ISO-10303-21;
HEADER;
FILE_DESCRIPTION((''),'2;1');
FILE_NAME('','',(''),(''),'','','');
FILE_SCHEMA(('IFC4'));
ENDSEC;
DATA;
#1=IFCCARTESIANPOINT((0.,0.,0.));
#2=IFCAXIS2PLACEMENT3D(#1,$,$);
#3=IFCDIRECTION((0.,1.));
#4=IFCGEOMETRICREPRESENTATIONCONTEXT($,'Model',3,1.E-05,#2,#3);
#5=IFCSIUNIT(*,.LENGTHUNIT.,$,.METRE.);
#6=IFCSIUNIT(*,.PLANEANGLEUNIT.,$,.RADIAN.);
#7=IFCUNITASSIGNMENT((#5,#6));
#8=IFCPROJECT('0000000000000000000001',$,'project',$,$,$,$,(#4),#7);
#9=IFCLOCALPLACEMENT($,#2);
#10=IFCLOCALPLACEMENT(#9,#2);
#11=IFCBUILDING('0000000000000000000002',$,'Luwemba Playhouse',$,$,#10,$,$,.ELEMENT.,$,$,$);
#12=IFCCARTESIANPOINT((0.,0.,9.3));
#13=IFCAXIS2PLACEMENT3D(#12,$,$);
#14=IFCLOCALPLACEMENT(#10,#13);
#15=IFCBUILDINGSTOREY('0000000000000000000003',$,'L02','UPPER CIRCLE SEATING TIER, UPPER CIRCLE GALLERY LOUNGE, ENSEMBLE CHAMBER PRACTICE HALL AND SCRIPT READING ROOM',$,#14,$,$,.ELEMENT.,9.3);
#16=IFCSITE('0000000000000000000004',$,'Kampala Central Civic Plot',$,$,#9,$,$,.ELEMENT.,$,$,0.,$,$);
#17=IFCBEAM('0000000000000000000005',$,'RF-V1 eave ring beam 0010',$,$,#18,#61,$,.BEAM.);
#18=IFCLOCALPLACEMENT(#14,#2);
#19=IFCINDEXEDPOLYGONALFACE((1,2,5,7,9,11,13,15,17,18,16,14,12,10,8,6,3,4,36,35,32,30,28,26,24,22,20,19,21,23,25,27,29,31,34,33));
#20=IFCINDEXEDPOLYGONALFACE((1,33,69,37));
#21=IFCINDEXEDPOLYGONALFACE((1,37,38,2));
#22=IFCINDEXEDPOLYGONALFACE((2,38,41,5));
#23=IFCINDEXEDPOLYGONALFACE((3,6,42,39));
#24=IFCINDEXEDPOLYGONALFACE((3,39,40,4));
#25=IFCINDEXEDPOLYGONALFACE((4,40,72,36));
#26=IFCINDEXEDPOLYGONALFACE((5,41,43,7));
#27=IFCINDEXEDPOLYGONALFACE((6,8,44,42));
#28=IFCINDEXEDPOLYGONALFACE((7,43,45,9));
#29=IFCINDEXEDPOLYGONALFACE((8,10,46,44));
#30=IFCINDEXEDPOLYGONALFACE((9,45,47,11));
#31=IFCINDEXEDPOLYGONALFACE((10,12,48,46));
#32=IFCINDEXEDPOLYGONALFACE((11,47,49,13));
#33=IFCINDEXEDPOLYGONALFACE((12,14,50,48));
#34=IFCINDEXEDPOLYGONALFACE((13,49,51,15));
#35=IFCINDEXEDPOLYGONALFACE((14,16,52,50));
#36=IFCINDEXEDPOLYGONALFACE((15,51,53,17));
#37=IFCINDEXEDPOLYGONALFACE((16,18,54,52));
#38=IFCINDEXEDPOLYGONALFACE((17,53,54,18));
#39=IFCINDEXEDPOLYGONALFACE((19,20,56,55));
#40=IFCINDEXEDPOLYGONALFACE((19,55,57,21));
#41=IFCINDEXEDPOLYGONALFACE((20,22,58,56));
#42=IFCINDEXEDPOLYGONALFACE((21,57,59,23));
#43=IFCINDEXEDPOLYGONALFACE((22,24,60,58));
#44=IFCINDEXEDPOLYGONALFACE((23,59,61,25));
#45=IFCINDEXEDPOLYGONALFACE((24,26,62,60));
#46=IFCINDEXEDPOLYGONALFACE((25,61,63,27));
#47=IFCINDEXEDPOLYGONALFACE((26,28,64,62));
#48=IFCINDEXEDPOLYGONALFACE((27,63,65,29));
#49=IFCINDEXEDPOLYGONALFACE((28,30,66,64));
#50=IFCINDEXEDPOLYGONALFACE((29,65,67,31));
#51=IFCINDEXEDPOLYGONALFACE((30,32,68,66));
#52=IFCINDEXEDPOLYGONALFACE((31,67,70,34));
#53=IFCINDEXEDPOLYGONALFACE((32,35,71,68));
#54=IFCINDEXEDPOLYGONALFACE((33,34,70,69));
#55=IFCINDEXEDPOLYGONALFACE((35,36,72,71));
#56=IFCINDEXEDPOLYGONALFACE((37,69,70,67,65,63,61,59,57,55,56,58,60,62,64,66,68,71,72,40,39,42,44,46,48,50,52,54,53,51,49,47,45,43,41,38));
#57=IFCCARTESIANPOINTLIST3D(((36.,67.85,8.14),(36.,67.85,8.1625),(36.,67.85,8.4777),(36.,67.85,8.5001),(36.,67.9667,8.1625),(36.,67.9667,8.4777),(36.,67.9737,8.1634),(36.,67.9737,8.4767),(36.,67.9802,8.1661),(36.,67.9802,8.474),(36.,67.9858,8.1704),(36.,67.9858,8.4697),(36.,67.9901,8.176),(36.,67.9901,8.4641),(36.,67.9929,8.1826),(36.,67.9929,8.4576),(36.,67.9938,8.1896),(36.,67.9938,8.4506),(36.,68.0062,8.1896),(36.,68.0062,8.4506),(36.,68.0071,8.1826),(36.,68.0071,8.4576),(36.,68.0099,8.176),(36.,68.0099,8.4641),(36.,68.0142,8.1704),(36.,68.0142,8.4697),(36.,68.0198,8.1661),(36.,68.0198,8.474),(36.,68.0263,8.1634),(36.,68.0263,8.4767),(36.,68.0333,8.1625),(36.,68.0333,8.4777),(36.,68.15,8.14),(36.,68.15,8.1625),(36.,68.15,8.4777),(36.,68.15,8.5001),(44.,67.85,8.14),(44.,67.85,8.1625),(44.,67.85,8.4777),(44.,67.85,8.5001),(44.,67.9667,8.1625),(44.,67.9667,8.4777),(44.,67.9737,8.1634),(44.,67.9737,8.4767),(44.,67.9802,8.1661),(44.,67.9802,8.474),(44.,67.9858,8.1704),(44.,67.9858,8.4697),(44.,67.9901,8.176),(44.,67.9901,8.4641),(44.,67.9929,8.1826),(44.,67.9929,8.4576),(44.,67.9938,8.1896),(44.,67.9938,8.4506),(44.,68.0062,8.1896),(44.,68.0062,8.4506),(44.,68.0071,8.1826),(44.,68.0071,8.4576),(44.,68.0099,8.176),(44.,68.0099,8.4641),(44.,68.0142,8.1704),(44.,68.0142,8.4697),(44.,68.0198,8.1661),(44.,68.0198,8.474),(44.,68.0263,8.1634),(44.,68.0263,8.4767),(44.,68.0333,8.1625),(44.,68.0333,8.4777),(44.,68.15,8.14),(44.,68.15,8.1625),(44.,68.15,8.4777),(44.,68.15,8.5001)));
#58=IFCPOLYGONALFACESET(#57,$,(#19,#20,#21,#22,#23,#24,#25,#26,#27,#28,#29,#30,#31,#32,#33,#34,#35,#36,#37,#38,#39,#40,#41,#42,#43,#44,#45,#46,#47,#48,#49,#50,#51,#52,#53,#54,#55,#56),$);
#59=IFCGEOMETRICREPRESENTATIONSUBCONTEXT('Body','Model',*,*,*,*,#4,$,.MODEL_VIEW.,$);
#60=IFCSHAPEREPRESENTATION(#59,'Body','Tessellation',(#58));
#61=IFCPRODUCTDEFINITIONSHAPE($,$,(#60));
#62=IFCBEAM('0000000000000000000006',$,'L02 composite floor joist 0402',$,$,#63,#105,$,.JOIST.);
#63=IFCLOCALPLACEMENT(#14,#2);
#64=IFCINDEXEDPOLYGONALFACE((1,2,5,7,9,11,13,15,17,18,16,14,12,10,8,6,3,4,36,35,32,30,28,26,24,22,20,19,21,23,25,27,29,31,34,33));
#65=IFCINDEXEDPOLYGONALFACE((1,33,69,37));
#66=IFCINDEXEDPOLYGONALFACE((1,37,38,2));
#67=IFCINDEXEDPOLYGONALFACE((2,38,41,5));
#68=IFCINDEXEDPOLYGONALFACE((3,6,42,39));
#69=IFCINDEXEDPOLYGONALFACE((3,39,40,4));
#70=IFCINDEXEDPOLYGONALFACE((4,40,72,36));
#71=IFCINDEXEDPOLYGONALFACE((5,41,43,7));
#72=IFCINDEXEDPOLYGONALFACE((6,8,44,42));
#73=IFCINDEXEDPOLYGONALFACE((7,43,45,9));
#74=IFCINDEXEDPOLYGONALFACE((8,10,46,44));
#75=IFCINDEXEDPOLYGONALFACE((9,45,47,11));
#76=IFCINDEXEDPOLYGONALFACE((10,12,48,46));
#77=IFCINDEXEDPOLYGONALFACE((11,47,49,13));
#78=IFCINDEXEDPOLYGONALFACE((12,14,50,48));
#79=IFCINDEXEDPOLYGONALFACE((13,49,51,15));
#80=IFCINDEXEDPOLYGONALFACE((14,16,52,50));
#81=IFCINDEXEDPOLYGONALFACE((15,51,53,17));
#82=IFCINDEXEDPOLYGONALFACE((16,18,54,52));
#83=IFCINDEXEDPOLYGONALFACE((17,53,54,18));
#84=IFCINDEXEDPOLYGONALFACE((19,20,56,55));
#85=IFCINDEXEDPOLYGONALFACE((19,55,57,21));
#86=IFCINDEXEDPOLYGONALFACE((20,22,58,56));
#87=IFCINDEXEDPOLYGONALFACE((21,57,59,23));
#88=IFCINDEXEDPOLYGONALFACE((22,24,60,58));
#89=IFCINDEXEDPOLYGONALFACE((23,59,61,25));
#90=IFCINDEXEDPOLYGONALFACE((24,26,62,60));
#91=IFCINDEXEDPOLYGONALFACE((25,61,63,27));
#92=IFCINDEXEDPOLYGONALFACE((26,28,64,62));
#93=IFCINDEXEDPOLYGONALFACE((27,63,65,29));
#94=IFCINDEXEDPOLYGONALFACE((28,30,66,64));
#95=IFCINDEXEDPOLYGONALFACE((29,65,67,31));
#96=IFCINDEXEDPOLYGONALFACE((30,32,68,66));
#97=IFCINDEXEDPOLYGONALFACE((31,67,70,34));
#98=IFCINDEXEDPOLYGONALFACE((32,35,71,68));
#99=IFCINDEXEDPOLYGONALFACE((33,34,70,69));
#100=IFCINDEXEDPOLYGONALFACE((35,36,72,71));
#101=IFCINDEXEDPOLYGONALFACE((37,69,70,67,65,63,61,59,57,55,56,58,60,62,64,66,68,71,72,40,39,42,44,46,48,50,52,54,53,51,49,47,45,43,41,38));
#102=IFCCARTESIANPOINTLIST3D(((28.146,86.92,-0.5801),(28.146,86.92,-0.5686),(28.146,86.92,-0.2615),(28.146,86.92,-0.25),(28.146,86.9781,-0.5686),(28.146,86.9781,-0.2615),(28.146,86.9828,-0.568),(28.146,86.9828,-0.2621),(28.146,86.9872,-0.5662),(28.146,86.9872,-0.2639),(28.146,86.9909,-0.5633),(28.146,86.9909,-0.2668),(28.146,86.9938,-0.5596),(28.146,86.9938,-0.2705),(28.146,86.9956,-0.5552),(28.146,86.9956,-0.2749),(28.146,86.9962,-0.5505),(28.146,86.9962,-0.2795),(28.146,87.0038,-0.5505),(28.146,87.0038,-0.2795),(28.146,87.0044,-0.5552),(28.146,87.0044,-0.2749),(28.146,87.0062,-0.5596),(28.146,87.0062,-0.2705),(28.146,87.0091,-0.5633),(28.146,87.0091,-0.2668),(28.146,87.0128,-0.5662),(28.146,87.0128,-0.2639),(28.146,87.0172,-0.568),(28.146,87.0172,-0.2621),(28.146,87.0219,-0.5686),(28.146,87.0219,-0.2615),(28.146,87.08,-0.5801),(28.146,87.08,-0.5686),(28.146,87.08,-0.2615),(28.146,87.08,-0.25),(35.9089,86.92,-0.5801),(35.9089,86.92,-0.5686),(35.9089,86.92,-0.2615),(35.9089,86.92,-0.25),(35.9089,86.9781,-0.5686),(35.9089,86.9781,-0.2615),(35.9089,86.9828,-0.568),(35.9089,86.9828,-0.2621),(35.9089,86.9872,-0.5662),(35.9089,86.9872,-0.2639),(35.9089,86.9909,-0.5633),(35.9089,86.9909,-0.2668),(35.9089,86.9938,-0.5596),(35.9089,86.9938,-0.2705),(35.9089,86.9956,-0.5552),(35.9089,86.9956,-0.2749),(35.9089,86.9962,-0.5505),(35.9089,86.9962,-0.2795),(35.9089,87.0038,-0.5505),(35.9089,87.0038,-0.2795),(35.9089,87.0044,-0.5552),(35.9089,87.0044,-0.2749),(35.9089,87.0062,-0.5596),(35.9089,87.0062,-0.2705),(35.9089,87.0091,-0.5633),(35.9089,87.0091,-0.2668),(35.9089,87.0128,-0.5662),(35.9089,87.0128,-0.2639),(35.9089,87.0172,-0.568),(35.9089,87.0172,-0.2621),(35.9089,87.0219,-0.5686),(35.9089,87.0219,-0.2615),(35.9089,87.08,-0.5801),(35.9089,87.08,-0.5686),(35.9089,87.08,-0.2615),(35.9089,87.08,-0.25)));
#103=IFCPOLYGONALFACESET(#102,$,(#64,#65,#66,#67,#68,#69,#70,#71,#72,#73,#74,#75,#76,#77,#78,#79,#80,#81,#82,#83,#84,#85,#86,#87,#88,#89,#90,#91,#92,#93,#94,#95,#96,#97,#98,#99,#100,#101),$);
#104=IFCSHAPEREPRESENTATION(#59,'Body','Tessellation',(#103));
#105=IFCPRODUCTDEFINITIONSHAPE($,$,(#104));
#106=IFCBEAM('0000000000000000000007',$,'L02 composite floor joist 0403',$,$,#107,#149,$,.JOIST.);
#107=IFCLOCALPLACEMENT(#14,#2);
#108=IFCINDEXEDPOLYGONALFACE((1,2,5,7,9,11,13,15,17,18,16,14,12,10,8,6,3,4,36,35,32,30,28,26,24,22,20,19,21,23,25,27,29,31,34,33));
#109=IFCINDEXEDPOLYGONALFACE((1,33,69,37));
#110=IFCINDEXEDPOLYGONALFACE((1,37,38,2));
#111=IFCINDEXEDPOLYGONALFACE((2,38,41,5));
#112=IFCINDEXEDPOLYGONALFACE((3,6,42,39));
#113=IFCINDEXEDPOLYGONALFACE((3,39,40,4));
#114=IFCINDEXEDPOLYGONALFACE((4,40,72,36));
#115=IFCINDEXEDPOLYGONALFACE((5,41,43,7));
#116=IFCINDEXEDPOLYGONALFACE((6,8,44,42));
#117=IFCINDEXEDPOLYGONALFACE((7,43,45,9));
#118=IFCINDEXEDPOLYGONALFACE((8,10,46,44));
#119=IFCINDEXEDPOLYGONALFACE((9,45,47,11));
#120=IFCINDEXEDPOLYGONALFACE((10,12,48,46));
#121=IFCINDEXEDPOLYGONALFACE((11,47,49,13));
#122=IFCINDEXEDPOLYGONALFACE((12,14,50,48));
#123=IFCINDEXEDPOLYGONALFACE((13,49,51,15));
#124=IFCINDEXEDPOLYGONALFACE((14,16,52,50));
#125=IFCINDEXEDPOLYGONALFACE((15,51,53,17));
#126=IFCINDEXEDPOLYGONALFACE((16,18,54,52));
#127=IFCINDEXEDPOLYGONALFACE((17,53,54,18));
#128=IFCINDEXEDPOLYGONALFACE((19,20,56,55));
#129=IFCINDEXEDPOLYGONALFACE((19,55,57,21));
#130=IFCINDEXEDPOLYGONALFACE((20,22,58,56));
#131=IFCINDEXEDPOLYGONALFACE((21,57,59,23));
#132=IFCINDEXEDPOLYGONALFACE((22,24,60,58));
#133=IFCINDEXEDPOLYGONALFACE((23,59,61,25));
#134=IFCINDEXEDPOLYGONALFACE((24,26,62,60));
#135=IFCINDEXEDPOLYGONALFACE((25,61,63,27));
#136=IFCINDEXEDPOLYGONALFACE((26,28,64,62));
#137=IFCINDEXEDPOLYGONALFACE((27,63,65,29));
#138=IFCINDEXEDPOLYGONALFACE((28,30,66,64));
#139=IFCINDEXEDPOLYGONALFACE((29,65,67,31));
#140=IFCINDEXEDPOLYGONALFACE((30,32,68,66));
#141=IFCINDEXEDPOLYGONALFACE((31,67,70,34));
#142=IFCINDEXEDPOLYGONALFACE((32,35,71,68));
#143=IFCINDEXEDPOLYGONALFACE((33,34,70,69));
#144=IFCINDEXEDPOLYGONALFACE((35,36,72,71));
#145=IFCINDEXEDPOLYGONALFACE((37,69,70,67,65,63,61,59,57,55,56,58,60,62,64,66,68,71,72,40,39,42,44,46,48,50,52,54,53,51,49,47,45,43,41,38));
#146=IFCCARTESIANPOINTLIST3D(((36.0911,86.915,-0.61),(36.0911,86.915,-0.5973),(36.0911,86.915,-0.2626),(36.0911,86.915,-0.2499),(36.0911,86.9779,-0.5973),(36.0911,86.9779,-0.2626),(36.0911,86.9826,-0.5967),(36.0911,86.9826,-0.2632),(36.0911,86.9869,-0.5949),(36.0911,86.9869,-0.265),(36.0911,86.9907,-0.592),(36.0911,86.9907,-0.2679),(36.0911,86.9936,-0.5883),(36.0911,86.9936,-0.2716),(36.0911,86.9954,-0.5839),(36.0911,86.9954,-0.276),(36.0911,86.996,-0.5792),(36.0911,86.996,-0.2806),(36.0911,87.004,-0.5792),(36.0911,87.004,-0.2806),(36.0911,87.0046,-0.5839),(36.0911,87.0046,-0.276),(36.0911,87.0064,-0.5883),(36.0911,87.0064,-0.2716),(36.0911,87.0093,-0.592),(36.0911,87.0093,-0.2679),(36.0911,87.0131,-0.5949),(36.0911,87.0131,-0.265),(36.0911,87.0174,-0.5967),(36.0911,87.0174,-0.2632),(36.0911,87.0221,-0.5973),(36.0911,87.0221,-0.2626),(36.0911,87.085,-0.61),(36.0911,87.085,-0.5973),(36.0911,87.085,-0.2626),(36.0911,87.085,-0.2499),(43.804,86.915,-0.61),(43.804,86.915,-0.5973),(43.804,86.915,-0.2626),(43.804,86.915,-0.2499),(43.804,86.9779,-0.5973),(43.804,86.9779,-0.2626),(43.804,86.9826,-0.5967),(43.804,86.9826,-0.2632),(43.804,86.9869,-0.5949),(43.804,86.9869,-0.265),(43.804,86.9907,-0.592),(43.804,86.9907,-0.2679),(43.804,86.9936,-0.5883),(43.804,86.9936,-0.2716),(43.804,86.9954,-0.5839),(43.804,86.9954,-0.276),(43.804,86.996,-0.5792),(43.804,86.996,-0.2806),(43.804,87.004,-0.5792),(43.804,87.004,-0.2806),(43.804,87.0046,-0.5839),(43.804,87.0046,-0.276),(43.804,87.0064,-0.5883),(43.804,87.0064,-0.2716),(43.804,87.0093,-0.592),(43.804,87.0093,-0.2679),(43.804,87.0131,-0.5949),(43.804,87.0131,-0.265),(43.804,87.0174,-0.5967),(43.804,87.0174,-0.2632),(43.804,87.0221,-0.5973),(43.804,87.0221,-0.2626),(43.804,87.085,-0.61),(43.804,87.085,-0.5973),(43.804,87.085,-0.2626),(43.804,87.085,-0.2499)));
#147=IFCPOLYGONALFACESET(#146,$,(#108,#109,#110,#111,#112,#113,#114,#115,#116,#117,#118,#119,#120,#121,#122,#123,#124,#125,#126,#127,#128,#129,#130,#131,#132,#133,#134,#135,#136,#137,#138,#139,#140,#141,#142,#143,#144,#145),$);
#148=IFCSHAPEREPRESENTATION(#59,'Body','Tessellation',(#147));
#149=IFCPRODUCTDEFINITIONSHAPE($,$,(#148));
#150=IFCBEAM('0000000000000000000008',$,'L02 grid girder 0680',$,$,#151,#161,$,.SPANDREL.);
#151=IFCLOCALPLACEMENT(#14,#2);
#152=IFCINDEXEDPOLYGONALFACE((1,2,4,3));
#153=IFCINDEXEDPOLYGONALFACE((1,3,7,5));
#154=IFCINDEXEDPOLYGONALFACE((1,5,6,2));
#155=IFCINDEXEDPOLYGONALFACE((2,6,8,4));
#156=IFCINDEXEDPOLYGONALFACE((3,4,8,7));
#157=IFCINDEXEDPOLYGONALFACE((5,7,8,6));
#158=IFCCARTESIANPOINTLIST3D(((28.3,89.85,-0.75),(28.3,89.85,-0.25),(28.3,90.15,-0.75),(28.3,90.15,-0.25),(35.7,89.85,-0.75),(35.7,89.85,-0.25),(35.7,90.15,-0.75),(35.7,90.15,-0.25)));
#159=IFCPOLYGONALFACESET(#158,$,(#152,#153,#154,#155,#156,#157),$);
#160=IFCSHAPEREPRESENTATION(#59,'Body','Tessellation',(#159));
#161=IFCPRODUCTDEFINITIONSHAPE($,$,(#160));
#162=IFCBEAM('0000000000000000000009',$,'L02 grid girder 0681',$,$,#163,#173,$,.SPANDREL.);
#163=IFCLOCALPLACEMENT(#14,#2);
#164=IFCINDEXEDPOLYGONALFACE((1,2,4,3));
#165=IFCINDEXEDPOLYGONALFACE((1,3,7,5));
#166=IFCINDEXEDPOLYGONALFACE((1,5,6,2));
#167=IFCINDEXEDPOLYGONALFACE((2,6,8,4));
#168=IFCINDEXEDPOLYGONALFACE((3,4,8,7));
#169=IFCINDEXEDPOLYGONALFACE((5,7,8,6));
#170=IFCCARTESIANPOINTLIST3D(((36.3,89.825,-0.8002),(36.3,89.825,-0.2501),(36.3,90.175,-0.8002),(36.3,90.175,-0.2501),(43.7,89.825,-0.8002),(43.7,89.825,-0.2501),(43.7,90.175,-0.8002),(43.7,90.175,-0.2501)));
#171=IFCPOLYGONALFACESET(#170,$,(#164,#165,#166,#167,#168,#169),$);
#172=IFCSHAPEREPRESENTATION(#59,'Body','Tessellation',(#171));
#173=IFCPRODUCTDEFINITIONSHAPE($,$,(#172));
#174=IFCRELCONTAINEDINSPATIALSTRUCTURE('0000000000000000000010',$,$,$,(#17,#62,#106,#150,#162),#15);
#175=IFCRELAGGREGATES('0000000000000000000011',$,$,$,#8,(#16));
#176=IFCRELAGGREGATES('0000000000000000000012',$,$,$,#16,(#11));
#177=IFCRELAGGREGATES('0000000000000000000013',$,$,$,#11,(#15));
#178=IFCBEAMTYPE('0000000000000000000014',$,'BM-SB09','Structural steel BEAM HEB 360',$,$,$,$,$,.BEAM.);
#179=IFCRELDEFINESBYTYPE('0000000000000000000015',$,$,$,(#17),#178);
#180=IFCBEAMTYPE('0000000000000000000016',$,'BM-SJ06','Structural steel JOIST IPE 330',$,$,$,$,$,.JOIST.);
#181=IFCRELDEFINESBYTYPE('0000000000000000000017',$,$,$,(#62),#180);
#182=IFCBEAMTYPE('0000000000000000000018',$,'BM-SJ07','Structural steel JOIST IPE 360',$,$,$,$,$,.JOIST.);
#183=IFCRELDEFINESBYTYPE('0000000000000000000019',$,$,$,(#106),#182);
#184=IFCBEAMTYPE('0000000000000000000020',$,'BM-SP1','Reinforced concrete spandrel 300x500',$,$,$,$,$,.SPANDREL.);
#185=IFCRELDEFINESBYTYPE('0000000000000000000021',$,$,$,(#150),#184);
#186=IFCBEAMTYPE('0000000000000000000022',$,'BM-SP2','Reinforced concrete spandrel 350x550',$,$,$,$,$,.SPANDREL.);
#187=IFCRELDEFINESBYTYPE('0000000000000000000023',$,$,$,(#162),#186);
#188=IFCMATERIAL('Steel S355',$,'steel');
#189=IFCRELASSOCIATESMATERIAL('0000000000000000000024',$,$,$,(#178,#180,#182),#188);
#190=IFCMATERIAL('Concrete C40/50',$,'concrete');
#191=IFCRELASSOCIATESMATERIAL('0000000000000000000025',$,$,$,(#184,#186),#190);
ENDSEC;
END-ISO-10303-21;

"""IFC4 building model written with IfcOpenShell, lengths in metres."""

from ifc_helpers import new_model, si_unit, direction, frame, origin, origin_2d, place, context, subcontext, project, spatial, rectangle, i_section, extrude, material, material_profile, profile_set, type_object, element, save


model = new_model("IFC4")

# Units and contexts
model_context = context("Model", 3, precision=1e-05, world=origin(), true_north=direction((0.0, 1.0)))
body_context = subcontext(model_context, "Body", "Model", "MODEL_VIEW")
ifc_project = project(units=[si_unit("LENGTHUNIT", "METRE"), si_unit("PLANEANGLEUNIT", "RADIAN")], contexts=[model_context])

# Site, building, storey
site_placement = place(None, origin())
site = spatial("IfcSite", under=ifc_project, at=site_placement, Name="Kampala Central Civic Plot", CompositionType="ELEMENT", RefElevation=0.0)
building_placement = place(site_placement, origin())
building = spatial("IfcBuilding", under=site, at=building_placement, Name="Luwemba Playhouse", CompositionType="ELEMENT")
storey_placement = place(building_placement, frame((0.0, 0.0, 9.3)))
storey = spatial("IfcBuildingStorey", under=building, at=storey_placement, Name="L02", Description="UPPER CIRCLE SEATING TIER, UPPER CIRCLE GALLERY LOUNGE, ENSEMBLE CHAMBER PRACTICE HALL AND SCRIPT READING ROOM", CompositionType="ELEMENT", Elevation=9.3)

# Shared definitions
ifc_material_1 = material(Name="Concrete C40/50", Category="concrete")

# Beams
ifc_material_2 = material(Name="Steel S355", Category="steel")
ifc_material_profile_1 = material_profile(ifc_material_2, i_section(OverallWidth=0.3, OverallDepth=0.3601, WebThickness=0.0125, FlangeThickness=0.0225, FilletRadius=0.0271, at=origin_2d()))
ifc_profile_set_1 = profile_set([ifc_material_profile_1], Name="Steel S355")
beam_type_1 = type_object("IfcBeamType", Name="BM-SB09", Description="Structural steel BEAM HEB 360", PredefinedType="BEAM", material=ifc_profile_set_1)
beam_1_placement = place(storey_placement, frame((36.0, 68.0, 8.3201), z_axis=(1.0, 0.0, 0.0), x_axis=(0.0, 1.0, 0.0)))
element("IfcBeam", 1, at=beam_1_placement, inside=storey, type_object=beam_type_1, Name="RF-V1 eave ring beam 0010", PredefinedType="BEAM", context=body_context, shape_type="SweptSolid", body=[
    extrude(i_section(OverallWidth=0.3, OverallDepth=0.3601, WebThickness=0.0125, FlangeThickness=0.0225, FilletRadius=0.0271, at=origin_2d()), origin(), (0.0, 0.0, 1.0), 8.0),
])
ifc_material_profile_2 = material_profile(ifc_material_2, i_section(OverallWidth=0.1599, OverallDepth=0.3301, WebThickness=0.0076, FlangeThickness=0.0115, FilletRadius=0.0181, at=origin_2d()))
ifc_profile_set_2 = profile_set([ifc_material_profile_2], Name="Steel S355")
beam_type_2 = type_object("IfcBeamType", Name="BM-SJ06", Description="Structural steel JOIST IPE 330", PredefinedType="JOIST", material=ifc_profile_set_2)
beam_2_placement = place(storey_placement, frame((28.146, 87.0, -0.415), z_axis=(1.0, 0.0, 0.0), x_axis=(0.0, 1.0, 0.0)))
element("IfcBeam", 2, at=beam_2_placement, inside=storey, type_object=beam_type_2, Name="L02 composite floor joist 0402", PredefinedType="JOIST", context=body_context, shape_type="SweptSolid", body=[
    extrude(i_section(OverallWidth=0.1599, OverallDepth=0.3301, WebThickness=0.0076, FlangeThickness=0.0115, FilletRadius=0.0181, at=origin_2d()), origin(), (0.0, 0.0, 1.0), 7.7629),
])
ifc_material_profile_3 = material_profile(ifc_material_2, i_section(OverallWidth=0.1699, OverallDepth=0.3601, WebThickness=0.0081, FlangeThickness=0.0127, FilletRadius=0.0181, at=origin_2d()))
ifc_profile_set_3 = profile_set([ifc_material_profile_3], Name="Steel S355")
beam_type_3 = type_object("IfcBeamType", Name="BM-SJ07", Description="Structural steel JOIST IPE 360", PredefinedType="JOIST", material=ifc_profile_set_3)
beam_3_placement = place(storey_placement, frame((36.0911, 87.0, -0.4299), z_axis=(1.0, 0.0, 0.0), x_axis=(0.0, 1.0, 0.0)))
element("IfcBeam", 3, at=beam_3_placement, inside=storey, type_object=beam_type_3, Name="L02 composite floor joist 0403", PredefinedType="JOIST", context=body_context, shape_type="SweptSolid", body=[
    extrude(i_section(OverallWidth=0.1699, OverallDepth=0.3601, WebThickness=0.0081, FlangeThickness=0.0127, FilletRadius=0.0181, at=origin_2d()), origin(), (0.0, 0.0, 1.0), 7.7129),
])
ifc_material_profile_4 = material_profile(ifc_material_1, rectangle(XDim=0.3, YDim=0.5, at=origin_2d()))
ifc_profile_set_4 = profile_set([ifc_material_profile_4], Name="Concrete C40/50")
beam_type_4 = type_object("IfcBeamType", Name="BM-SP1", Description="Reinforced concrete spandrel 300x500", PredefinedType="SPANDREL", material=ifc_profile_set_4)
beam_4_placement = place(storey_placement, frame((28.3, 90.0, -0.5), z_axis=(1.0, 0.0, 0.0), x_axis=(0.0, 1.0, 0.0)))
element("IfcBeam", 4, at=beam_4_placement, inside=storey, type_object=beam_type_4, Name="L02 grid girder 0680", PredefinedType="SPANDREL", context=body_context, shape_type="SweptSolid", body=[
    extrude(rectangle(XDim=0.3, YDim=0.5, at=origin_2d()), origin(), (0.0, 0.0, 1.0), 7.3999),
])
ifc_material_profile_5 = material_profile(ifc_material_1, rectangle(XDim=0.3501, YDim=0.55, at=origin_2d()))
ifc_profile_set_5 = profile_set([ifc_material_profile_5], Name="Concrete C40/50")
beam_type_5 = type_object("IfcBeamType", Name="BM-SP2", Description="Reinforced concrete spandrel 350x550", PredefinedType="SPANDREL", material=ifc_profile_set_5)
beam_5_placement = place(storey_placement, frame((36.3, 90.0, -0.5251), z_axis=(1.0, 0.0, 0.0), x_axis=(0.0, 1.0, 0.0)))
element("IfcBeam", 5, at=beam_5_placement, inside=storey, type_object=beam_type_5, Name="L02 grid girder 0681", PredefinedType="SPANDREL", context=body_context, shape_type="SweptSolid", body=[
    extrude(rectangle(XDim=0.3501, YDim=0.55, at=origin_2d()), origin(), (0.0, 0.0, 1.0), 7.3999),
])

save(model, "model.ifc")
